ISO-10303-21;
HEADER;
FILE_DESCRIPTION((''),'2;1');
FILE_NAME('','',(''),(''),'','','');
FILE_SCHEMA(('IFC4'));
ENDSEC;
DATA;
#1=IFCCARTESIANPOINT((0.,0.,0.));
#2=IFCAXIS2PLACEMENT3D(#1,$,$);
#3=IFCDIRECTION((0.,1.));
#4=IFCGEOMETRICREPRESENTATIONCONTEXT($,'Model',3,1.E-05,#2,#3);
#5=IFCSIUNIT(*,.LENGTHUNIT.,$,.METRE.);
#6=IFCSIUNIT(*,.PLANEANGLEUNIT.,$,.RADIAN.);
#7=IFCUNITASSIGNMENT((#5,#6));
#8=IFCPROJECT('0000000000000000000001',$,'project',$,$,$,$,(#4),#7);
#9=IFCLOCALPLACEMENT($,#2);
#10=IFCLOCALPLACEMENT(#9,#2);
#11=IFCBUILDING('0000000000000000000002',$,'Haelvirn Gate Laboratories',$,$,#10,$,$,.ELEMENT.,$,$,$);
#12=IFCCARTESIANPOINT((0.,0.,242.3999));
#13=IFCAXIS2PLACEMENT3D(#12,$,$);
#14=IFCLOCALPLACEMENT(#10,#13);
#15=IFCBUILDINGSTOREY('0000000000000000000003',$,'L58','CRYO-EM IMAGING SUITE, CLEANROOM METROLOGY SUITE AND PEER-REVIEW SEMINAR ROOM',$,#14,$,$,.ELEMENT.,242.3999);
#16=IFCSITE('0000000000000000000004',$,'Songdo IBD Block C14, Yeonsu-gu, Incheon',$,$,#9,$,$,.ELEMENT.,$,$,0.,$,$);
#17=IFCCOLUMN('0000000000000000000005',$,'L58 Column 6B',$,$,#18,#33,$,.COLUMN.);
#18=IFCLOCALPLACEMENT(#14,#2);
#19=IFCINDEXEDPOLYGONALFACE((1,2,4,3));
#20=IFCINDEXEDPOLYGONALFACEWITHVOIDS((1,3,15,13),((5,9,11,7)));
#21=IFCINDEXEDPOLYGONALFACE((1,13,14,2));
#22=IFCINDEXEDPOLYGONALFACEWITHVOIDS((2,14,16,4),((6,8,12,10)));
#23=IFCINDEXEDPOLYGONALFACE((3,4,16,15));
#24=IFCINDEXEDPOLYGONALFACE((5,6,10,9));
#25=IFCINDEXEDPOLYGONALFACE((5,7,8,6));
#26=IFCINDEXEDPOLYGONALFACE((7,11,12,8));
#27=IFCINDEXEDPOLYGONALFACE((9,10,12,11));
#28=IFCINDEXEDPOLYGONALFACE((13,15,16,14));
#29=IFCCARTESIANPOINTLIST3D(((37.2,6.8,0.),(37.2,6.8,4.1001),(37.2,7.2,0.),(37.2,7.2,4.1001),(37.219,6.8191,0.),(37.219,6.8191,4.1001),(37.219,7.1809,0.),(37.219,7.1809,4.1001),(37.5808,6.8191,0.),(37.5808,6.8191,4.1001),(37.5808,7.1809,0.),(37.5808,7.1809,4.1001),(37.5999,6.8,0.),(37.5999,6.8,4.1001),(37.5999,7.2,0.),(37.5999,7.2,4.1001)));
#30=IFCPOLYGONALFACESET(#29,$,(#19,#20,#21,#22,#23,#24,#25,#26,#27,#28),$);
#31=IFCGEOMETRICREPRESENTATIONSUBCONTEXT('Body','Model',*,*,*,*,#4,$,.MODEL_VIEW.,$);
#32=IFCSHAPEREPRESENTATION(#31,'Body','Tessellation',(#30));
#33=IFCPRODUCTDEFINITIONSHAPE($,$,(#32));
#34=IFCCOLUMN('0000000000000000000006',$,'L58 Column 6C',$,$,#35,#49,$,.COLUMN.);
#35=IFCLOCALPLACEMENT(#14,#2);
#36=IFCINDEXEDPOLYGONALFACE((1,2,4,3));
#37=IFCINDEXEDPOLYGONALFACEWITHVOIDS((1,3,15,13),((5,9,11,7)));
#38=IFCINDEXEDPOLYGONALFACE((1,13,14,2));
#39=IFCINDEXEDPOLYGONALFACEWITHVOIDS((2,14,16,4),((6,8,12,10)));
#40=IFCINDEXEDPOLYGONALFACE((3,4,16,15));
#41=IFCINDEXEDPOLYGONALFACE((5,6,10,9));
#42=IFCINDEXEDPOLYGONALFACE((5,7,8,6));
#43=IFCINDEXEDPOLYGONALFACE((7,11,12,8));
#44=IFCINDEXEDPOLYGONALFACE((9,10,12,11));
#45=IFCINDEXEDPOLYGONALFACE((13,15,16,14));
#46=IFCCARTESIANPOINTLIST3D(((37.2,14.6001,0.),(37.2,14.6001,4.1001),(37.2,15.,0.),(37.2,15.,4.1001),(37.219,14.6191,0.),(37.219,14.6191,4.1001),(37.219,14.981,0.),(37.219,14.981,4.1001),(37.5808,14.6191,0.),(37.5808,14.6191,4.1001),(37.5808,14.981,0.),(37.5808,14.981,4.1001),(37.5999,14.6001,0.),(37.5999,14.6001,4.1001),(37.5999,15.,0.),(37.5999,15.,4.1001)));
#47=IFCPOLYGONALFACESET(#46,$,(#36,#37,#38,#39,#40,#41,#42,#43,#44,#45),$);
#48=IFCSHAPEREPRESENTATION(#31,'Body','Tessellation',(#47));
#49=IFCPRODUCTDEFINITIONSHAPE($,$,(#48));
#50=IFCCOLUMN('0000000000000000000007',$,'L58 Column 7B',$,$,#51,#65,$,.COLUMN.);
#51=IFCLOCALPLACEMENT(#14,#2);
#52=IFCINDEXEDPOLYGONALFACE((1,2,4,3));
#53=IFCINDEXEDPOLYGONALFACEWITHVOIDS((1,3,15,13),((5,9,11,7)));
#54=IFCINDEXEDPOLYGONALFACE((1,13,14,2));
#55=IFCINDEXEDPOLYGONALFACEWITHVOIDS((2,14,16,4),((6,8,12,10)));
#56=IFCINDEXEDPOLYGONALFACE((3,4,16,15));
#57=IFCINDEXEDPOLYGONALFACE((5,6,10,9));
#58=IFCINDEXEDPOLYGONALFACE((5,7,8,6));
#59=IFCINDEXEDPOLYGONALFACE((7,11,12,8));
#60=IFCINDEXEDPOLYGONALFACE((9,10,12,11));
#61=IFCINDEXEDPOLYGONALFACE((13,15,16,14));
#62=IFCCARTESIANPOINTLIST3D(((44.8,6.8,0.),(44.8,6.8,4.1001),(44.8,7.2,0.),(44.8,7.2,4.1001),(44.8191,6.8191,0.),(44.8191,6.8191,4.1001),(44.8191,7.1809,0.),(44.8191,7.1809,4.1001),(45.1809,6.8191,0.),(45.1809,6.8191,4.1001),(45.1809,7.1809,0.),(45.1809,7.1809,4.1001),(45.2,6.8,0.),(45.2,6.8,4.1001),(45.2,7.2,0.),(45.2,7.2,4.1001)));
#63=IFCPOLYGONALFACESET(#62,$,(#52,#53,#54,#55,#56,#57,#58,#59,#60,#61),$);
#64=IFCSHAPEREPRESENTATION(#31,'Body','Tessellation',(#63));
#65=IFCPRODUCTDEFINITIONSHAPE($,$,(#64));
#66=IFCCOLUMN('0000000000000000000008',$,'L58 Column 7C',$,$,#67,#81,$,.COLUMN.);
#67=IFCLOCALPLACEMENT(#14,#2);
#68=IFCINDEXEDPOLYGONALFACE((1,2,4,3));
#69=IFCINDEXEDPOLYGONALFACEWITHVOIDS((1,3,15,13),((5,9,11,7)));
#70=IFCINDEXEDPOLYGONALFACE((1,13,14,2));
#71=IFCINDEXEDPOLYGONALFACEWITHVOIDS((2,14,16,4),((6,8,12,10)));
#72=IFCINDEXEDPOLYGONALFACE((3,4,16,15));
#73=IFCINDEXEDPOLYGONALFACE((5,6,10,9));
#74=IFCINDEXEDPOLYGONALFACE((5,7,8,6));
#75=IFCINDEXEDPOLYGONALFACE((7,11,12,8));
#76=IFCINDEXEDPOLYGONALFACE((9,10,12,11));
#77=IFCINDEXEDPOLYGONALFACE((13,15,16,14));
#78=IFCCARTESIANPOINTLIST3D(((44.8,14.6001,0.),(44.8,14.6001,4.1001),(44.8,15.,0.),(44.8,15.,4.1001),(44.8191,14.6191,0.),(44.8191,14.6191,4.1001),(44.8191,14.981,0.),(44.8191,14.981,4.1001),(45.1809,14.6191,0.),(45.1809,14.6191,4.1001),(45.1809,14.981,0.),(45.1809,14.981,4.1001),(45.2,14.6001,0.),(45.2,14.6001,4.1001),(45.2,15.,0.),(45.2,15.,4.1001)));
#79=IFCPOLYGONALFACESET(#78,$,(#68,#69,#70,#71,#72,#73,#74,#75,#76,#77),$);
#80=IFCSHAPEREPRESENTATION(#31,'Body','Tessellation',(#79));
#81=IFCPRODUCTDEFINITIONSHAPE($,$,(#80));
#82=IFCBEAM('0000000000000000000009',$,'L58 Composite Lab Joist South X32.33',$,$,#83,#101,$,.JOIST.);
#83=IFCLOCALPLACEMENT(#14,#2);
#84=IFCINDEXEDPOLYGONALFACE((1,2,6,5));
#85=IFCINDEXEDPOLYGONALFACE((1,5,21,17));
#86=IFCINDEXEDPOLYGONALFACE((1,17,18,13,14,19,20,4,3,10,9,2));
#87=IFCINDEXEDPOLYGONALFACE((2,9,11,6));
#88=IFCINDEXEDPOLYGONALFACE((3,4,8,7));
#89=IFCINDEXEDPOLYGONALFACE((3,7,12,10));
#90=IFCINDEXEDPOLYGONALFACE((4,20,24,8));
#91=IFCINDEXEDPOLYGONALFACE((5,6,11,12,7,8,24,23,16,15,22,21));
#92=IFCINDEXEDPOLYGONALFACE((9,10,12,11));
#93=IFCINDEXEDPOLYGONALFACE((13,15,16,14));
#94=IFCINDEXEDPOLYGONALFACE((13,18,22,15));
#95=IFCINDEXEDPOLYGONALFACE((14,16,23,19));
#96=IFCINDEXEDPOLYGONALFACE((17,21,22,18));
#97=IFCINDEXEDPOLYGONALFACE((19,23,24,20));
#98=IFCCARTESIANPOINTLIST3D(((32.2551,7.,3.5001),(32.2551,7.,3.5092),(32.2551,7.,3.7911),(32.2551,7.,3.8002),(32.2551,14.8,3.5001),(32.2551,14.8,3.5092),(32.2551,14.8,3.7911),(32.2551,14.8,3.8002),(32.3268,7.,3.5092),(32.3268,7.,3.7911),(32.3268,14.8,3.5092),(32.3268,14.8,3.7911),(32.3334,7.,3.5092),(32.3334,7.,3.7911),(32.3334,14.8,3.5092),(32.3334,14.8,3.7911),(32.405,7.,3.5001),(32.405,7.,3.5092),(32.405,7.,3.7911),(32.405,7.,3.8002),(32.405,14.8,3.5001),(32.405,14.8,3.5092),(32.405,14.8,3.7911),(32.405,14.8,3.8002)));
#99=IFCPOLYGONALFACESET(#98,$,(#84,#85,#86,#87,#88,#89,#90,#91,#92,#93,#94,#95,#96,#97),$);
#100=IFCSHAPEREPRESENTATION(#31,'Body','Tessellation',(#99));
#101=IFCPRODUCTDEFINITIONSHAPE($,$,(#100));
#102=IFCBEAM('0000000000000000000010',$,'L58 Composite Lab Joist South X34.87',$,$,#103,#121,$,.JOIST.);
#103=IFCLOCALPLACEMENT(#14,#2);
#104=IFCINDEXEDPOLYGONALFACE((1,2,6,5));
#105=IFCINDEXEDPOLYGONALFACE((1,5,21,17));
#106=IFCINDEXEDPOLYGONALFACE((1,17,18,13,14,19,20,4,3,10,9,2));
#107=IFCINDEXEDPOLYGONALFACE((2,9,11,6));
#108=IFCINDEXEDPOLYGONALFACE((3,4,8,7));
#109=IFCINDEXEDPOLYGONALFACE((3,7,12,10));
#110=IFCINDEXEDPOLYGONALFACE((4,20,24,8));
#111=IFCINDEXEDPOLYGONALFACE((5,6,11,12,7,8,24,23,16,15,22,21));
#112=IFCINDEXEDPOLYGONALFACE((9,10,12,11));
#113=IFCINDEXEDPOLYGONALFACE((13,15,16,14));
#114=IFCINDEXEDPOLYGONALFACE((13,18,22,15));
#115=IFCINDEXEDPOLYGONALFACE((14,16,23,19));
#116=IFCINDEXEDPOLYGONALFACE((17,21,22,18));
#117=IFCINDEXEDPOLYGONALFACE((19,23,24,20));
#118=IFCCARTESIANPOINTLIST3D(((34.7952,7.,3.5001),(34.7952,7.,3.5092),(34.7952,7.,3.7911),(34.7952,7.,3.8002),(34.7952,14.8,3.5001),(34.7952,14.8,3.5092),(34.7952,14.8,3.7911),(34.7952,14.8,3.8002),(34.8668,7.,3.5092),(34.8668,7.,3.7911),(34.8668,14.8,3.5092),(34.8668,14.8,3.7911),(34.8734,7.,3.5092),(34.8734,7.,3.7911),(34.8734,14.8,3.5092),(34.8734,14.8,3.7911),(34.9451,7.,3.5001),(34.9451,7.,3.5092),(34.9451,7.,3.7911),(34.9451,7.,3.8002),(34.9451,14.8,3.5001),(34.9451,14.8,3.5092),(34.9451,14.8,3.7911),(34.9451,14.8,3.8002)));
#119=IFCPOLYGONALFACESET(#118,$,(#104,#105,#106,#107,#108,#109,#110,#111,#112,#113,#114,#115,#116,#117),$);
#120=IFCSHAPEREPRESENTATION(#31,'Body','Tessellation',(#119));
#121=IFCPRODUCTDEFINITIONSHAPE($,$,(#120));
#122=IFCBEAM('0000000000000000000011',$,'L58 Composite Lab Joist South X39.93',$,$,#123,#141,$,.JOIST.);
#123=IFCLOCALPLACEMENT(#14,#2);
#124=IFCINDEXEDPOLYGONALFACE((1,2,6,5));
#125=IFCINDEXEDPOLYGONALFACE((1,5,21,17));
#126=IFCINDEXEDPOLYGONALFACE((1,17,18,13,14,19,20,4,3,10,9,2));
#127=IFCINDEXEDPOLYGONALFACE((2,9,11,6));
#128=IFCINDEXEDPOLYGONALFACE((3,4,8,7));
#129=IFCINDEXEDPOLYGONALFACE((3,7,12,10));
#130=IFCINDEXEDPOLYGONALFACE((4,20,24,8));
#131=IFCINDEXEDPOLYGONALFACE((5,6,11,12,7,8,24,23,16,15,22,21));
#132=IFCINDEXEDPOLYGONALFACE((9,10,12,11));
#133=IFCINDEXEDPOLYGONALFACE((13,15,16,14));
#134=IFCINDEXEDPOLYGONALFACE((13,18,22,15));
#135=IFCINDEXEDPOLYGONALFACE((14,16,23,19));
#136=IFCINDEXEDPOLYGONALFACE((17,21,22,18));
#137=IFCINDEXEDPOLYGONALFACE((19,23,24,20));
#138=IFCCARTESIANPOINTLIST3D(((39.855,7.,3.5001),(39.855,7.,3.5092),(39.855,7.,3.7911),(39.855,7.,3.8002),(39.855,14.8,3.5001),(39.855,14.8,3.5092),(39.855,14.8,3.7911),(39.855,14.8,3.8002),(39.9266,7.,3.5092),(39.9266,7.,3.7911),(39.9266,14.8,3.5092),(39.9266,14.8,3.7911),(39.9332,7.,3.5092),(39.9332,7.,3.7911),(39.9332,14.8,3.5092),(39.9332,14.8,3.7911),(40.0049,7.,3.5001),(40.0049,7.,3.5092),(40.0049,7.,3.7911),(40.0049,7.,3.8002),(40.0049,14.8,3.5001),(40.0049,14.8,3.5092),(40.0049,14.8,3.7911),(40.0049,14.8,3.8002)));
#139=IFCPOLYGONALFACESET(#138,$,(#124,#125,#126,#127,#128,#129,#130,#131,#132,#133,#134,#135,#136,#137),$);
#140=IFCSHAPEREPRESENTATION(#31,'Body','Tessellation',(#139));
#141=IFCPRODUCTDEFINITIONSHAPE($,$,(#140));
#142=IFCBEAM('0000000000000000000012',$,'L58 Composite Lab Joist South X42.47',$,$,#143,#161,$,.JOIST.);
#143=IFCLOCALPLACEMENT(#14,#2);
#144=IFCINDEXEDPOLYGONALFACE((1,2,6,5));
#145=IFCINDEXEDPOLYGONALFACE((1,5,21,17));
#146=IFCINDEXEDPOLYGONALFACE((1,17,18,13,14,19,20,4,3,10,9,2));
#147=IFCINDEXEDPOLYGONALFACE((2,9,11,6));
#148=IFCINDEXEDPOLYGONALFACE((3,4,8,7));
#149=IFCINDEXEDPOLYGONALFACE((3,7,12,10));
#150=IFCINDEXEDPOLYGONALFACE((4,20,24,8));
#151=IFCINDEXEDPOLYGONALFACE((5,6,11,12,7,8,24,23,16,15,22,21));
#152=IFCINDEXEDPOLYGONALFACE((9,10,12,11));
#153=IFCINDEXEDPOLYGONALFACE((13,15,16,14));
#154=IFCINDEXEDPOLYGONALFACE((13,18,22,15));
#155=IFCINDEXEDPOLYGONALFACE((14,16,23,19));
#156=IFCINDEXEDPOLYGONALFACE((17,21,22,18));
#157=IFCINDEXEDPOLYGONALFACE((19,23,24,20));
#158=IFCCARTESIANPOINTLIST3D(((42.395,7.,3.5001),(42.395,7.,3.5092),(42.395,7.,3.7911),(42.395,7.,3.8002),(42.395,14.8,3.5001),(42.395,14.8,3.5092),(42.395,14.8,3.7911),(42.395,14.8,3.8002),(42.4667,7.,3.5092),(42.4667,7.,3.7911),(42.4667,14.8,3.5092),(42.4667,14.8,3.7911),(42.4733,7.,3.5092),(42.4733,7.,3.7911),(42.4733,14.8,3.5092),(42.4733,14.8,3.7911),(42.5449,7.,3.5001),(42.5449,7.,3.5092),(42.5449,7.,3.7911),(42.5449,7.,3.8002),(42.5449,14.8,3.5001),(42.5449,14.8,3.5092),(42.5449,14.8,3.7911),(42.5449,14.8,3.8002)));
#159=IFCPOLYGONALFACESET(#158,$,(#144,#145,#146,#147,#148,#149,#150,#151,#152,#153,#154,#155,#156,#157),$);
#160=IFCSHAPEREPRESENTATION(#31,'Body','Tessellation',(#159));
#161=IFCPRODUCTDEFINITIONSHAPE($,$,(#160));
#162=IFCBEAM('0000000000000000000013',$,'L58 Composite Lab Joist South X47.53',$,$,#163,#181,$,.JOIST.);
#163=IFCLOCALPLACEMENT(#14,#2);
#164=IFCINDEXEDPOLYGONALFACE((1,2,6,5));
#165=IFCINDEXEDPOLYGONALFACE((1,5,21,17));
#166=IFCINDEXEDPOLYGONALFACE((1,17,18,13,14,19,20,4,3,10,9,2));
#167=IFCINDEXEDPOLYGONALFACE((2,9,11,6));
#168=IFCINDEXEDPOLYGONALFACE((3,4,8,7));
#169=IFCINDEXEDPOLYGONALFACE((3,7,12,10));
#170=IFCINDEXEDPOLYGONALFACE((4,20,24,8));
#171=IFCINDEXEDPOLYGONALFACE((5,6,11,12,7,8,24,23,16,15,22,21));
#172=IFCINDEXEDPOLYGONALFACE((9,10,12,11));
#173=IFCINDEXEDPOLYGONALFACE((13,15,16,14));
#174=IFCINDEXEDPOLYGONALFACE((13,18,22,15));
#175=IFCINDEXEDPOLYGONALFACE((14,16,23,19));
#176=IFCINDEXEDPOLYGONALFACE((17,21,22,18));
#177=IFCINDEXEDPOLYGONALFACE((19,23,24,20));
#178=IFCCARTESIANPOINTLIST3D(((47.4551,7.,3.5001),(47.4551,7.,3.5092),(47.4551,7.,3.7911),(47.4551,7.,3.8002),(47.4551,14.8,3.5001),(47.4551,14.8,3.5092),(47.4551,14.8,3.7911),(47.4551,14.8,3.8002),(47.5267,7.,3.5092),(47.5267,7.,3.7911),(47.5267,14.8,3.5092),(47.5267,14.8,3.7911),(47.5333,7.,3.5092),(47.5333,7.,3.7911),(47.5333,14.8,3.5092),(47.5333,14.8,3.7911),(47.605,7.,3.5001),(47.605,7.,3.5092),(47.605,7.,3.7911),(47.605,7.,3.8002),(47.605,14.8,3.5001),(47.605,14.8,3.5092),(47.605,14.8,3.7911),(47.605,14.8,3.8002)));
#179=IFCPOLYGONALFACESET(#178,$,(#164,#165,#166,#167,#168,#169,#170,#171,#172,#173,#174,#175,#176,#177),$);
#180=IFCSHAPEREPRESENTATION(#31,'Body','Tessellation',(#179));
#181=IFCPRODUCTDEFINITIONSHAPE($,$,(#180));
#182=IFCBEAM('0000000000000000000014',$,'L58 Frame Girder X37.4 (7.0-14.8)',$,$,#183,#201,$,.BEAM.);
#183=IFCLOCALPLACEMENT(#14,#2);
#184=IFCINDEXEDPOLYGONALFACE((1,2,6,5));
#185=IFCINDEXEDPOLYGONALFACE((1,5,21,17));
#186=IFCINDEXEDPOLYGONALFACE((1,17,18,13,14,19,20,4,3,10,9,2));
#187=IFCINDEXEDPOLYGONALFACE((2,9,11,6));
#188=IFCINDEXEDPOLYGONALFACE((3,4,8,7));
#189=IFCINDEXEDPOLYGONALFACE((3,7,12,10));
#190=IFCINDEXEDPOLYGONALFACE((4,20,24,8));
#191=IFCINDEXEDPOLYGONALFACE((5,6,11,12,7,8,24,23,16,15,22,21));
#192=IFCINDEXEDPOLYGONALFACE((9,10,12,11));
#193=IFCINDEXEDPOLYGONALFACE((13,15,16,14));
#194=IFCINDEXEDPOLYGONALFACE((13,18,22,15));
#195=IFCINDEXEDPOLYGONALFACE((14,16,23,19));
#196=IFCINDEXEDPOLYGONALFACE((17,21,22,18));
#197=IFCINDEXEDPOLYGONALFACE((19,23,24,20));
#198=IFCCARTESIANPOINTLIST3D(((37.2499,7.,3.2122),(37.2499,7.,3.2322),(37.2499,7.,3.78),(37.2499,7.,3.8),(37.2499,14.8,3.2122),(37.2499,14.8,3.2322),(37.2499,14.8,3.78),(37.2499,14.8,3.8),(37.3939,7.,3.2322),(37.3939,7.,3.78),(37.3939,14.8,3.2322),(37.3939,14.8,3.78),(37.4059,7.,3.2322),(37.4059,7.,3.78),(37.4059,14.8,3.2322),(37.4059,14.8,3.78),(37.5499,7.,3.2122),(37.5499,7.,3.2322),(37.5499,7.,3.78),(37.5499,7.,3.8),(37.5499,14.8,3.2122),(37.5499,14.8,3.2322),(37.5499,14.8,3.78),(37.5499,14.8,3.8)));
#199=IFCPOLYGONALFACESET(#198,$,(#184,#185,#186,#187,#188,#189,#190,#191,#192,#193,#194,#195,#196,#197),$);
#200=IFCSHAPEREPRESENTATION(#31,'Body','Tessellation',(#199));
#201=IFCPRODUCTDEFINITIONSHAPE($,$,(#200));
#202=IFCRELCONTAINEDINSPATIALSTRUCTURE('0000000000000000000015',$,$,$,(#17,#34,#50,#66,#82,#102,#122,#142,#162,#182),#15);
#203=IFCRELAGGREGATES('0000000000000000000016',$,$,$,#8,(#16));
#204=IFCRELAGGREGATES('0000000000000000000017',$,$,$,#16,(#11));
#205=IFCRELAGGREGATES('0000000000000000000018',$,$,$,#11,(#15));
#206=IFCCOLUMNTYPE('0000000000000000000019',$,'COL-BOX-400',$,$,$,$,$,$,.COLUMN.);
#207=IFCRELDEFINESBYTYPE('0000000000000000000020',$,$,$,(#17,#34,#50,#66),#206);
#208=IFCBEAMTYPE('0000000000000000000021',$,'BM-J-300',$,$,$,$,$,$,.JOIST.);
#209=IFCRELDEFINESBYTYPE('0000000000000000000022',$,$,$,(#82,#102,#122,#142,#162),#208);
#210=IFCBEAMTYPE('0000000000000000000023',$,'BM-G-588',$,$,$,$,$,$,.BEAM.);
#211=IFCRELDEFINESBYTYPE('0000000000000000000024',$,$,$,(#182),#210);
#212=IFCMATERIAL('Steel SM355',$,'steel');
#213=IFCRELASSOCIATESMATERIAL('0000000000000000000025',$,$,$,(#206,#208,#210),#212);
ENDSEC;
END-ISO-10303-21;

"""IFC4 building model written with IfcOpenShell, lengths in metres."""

from ifc_helpers import new_model, si_unit, direction, frame, origin, origin_2d, place, context, subcontext, project, spatial, hollow_rectangle, i_section, extrude, source, transform, mapped, material, material_profile, profile_set, type_object, type_shapes, element, save


model = new_model("IFC4")

# Units and contexts
model_context = context("Model", 3, precision=1e-05, world=origin(), true_north=direction((0.0, 1.0)))
body_context = subcontext(model_context, "Body", "Model", "MODEL_VIEW")
ifc_project = project(units=[si_unit("LENGTHUNIT", "METRE"), si_unit("PLANEANGLEUNIT", "RADIAN")], contexts=[model_context])

# Site, building, storey
site_placement = place(None, origin())
site = spatial("IfcSite", under=ifc_project, at=site_placement, Name="Songdo IBD Block C14, Yeonsu-gu, Incheon", CompositionType="ELEMENT", RefElevation=0.0)
building_placement = place(site_placement, origin())
building = spatial("IfcBuilding", under=site, at=building_placement, Name="Haelvirn Gate Laboratories", CompositionType="ELEMENT")
storey_placement = place(building_placement, frame((0.0, 0.0, 242.3999)))
storey = spatial("IfcBuildingStorey", under=building, at=storey_placement, Name="L58", Description="CRYO-EM IMAGING SUITE, CLEANROOM METROLOGY SUITE AND PEER-REVIEW SEMINAR ROOM", CompositionType="ELEMENT", Elevation=242.3999)

# Columns
ifc_material_1 = material(Name="Steel SM355", Category="steel")
ifc_material_profile_1 = material_profile(ifc_material_1, hollow_rectangle(XDim=0.3999, YDim=0.3999, WallThickness=0.019, at=origin_2d()), Name="BOX-400x400x19")
ifc_profile_set_1 = profile_set([ifc_material_profile_1], Name="Steel SM355")
column_type = type_object("IfcColumnType", Name="COL-BOX-400", PredefinedType="COLUMN", material=ifc_profile_set_1)
shared_shape_1 = source(origin(), body_context, "Body", "SweptSolid", [
    extrude(hollow_rectangle(XDim=0.3999, YDim=0.3999, WallThickness=0.019, at=origin_2d()), origin(), (0.0, 0.0, 1.0), 4.1001),
])
type_shapes(column_type, [shared_shape_1])
for number, where, z_axis, x_axis, name in (
    (1, (37.3999, 7.0, 0.0), (0.0, 0.0, 1.0), (1.0, 0.0, 0.0), "L58 Column 6B"),
    (2, (37.3999, 14.8, 0.0), (0.0, 0.0, 1.0), (1.0, 0.0, 0.0), "L58 Column 6C"),
    (3, (45.0, 7.0, 0.0), (0.0, 0.0, 1.0), (1.0, 0.0, 0.0), "L58 Column 7B"),
    (4, (45.0, 14.8, 0.0), (0.0, 0.0, 1.0), (1.0, 0.0, 0.0), "L58 Column 7C"),
):
    element("IfcColumn", number, at=place(storey_placement, frame(where, z_axis=z_axis, x_axis=x_axis)), inside=storey, type_object=column_type, Name=name, PredefinedType="COLUMN", context=body_context, shape_type="MappedRepresentation", body=[
        mapped(shared_shape_1, transform((0.0, 0.0, 0.0), scale=1.0)),
    ])

# Beams
ifc_material_profile_2 = material_profile(ifc_material_1, i_section(OverallWidth=0.1499, OverallDepth=0.3, WebThickness=0.0066, FlangeThickness=0.009, at=origin_2d()), Name="H-300x150x6.5x9")
ifc_profile_set_2 = profile_set([ifc_material_profile_2], Name="Steel SM355")
beam_type_1 = type_object("IfcBeamType", Name="BM-J-300", PredefinedType="JOIST", material=ifc_profile_set_2)
shared_shape_2 = source(origin(), body_context, "Body", "SweptSolid", [
    extrude(i_section(OverallWidth=0.1499, OverallDepth=0.3, WebThickness=0.0066, FlangeThickness=0.009, at=origin_2d()), origin(), (0.0, 0.0, 1.0), 7.8),
])
type_shapes(beam_type_1, [shared_shape_2])
for number, where, z_axis, x_axis, name in (
    (5, (32.3301, 7.0, 3.6501), (0.0, 1.0, 0.0), (-1.0, 0.0, 0.0), "L58 Composite Lab Joist South X32.33"),
    (6, (34.8701, 7.0, 3.6501), (0.0, 1.0, 0.0), (-1.0, 0.0, 0.0), "L58 Composite Lab Joist South X34.87"),
    (7, (39.9299, 7.0, 3.6501), (0.0, 1.0, 0.0), (-1.0, 0.0, 0.0), "L58 Composite Lab Joist South X39.93"),
    (8, (42.47, 7.0, 3.6501), (0.0, 1.0, 0.0), (-1.0, 0.0, 0.0), "L58 Composite Lab Joist South X42.47"),
    (9, (47.53, 7.0, 3.6501), (0.0, 1.0, 0.0), (-1.0, 0.0, 0.0), "L58 Composite Lab Joist South X47.53"),
):
    element("IfcBeam", number, at=place(storey_placement, frame(where, z_axis=z_axis, x_axis=x_axis)), inside=storey, type_object=beam_type_1, Name=name, PredefinedType="JOIST", context=body_context, shape_type="MappedRepresentation", body=[
        mapped(shared_shape_2, transform((0.0, 0.0, 0.0), scale=1.0)),
    ])
ifc_material_profile_3 = material_profile(ifc_material_1, i_section(OverallWidth=0.3, OverallDepth=0.5879, WebThickness=0.012, FlangeThickness=0.02, at=origin_2d()), Name="H-588x300x12x20")
ifc_profile_set_3 = profile_set([ifc_material_profile_3], Name="Steel SM355")
beam_type_2 = type_object("IfcBeamType", Name="BM-G-588", PredefinedType="BEAM", material=ifc_profile_set_3)
shared_shape_3 = source(origin(), body_context, "Body", "SweptSolid", [
    extrude(i_section(OverallWidth=0.3, OverallDepth=0.5879, WebThickness=0.012, FlangeThickness=0.02, at=origin_2d()), origin(), (0.0, 0.0, 1.0), 7.8),
])
type_shapes(beam_type_2, [shared_shape_3])
for number, where, z_axis, x_axis, name in (
    (10, (37.3999, 7.0, 3.5061), (0.0, 1.0, 0.0), (-1.0, 0.0, 0.0), "L58 Frame Girder X37.4 (7.0-14.8)"),
):
    element("IfcBeam", number, at=place(storey_placement, frame(where, z_axis=z_axis, x_axis=x_axis)), inside=storey, type_object=beam_type_2, Name=name, PredefinedType="BEAM", context=body_context, shape_type="MappedRepresentation", body=[
        mapped(shared_shape_3, transform((0.0, 0.0, 0.0), scale=1.0)),
    ])

save(model, "model.ifc")
